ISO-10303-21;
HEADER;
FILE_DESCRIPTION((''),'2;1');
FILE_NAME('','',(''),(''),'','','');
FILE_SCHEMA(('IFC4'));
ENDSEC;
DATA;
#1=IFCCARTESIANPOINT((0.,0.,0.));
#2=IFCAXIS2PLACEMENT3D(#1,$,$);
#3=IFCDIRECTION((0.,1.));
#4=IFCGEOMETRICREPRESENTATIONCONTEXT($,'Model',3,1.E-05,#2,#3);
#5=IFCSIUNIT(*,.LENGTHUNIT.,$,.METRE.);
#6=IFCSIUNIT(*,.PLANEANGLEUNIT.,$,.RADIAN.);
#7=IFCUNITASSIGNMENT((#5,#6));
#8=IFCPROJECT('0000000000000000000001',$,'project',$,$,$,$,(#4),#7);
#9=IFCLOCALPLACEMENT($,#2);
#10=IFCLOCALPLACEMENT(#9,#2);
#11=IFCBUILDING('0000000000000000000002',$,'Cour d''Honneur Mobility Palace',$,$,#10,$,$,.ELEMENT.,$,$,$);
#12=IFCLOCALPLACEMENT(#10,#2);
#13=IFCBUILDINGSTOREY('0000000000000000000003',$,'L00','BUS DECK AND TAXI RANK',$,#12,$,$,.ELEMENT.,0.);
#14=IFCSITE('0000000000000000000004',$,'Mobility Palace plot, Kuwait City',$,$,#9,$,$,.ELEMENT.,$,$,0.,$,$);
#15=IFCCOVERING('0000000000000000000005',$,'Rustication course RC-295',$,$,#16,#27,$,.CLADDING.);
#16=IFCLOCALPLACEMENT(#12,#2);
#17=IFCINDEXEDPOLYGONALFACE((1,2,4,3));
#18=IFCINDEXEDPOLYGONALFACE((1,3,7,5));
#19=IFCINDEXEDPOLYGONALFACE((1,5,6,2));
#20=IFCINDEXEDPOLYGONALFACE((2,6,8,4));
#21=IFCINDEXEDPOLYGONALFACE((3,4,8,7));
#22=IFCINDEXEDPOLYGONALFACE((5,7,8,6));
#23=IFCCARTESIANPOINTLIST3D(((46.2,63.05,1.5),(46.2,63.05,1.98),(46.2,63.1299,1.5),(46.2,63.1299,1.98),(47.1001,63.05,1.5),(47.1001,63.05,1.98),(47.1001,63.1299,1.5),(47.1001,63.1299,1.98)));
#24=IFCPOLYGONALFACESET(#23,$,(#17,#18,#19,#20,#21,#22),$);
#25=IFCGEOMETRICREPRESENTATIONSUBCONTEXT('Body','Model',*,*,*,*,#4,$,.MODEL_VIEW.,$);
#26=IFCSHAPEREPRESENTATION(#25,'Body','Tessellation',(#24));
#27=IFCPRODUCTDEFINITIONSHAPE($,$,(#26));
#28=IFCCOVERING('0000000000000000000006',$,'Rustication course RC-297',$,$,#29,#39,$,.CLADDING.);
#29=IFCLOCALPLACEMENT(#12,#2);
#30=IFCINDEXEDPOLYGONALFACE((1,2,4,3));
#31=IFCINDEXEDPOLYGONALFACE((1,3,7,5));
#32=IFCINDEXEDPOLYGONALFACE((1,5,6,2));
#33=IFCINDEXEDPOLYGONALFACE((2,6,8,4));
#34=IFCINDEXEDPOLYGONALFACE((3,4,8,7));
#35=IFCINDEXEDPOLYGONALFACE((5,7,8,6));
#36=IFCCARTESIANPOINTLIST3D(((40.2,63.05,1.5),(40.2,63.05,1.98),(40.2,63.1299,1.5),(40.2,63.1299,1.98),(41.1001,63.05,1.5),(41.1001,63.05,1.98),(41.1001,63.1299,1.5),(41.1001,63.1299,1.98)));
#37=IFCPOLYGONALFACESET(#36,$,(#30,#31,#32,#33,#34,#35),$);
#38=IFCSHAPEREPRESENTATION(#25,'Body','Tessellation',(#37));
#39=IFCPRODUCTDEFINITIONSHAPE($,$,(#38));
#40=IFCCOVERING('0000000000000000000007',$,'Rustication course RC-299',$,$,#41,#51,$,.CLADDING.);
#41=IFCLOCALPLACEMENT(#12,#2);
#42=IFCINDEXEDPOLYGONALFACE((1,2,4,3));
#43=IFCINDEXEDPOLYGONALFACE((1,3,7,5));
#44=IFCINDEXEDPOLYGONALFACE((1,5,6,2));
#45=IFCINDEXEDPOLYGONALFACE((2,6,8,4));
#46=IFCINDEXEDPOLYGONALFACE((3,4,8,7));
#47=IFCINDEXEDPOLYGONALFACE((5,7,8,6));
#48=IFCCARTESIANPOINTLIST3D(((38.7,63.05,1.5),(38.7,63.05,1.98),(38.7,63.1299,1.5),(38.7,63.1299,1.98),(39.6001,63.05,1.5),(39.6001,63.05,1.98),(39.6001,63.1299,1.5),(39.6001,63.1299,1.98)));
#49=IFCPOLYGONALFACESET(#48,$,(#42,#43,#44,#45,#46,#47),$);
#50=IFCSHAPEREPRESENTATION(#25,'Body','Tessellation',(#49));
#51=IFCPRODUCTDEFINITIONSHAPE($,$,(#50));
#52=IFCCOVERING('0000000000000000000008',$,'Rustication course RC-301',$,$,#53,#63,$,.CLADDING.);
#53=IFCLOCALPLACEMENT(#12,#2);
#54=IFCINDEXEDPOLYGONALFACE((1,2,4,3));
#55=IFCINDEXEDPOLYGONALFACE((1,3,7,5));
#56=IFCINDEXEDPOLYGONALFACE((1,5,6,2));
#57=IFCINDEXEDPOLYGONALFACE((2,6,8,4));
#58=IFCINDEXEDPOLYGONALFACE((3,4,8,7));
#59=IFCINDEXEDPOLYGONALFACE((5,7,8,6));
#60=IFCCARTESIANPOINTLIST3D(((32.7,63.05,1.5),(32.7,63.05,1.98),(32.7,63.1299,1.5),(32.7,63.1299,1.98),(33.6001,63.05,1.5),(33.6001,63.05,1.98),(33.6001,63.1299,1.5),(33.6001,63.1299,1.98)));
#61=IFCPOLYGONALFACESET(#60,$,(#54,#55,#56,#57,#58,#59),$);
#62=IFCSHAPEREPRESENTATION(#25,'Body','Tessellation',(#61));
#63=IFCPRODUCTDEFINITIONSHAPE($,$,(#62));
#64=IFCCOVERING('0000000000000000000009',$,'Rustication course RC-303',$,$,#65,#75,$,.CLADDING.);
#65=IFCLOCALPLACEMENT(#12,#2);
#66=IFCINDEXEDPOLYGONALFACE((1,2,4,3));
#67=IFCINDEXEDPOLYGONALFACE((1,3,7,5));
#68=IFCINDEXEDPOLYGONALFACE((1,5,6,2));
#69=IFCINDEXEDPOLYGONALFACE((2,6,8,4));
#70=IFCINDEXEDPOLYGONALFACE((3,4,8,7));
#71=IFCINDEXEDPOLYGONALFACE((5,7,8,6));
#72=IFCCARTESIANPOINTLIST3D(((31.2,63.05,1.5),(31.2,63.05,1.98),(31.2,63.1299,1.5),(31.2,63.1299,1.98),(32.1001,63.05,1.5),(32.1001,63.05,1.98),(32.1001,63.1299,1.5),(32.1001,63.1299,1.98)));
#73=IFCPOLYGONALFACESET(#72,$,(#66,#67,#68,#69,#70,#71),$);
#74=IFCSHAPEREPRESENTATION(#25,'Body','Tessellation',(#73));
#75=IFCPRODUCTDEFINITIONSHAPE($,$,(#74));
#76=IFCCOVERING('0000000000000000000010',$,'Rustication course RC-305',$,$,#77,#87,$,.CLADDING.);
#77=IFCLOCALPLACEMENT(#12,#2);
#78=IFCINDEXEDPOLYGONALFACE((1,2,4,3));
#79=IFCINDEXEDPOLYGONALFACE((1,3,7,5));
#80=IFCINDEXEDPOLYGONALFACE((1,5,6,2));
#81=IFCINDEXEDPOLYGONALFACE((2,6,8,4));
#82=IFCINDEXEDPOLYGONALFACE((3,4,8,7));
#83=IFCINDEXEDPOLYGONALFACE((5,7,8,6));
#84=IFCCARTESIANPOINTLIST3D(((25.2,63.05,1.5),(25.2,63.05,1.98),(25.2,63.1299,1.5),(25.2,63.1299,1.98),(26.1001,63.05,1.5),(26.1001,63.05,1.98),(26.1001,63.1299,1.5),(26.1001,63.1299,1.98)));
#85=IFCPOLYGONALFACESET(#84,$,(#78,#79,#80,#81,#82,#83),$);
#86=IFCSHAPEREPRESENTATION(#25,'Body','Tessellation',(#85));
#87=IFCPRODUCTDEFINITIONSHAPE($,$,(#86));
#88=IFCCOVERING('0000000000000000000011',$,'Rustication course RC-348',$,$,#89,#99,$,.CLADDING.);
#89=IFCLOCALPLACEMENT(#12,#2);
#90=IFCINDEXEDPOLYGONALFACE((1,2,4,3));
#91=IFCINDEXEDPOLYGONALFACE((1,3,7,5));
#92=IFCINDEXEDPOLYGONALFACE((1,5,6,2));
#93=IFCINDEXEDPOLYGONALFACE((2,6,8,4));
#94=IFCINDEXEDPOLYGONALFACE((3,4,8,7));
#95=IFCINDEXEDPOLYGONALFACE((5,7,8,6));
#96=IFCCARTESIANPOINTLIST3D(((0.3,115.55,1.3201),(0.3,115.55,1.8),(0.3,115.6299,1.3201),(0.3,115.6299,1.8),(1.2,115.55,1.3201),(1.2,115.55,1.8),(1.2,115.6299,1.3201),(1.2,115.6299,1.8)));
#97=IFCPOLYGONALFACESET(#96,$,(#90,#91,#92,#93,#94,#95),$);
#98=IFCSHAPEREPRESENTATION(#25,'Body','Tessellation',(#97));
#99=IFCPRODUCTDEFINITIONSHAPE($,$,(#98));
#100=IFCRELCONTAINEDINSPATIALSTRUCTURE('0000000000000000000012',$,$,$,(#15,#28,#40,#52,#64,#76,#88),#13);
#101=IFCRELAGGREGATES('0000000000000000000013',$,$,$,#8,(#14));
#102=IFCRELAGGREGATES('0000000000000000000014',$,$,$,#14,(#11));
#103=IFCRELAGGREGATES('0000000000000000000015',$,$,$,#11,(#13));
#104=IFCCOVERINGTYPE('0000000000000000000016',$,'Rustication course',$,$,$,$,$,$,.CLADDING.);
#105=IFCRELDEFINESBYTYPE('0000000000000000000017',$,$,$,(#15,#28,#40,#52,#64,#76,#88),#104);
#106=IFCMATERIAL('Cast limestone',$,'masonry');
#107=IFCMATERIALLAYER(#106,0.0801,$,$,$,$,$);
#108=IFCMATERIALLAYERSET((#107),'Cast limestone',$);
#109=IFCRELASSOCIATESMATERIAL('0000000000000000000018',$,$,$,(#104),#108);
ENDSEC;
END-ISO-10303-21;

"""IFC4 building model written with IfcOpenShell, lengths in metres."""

from ifc_helpers import new_model, si_unit, direction, frame, origin, place, context, subcontext, project, spatial, polyline, outline, extrude, material, layer, layer_set, type_object, element, save


model = new_model("IFC4")

# Units and contexts
model_context = context("Model", 3, precision=1e-05, world=origin(), true_north=direction((0.0, 1.0)))
body_context = subcontext(model_context, "Body", "Model", "MODEL_VIEW")
ifc_project = project(units=[si_unit("LENGTHUNIT", "METRE"), si_unit("PLANEANGLEUNIT", "RADIAN")], contexts=[model_context])

# Site, building, storey
site_placement = place(None, origin())
site = spatial("IfcSite", under=ifc_project, at=site_placement, Name="Mobility Palace plot, Kuwait City", CompositionType="ELEMENT", RefElevation=0.0)
building_placement = place(site_placement, origin())
building = spatial("IfcBuilding", under=site, at=building_placement, Name="Cour d'Honneur Mobility Palace", CompositionType="ELEMENT")
storey_placement = place(building_placement, origin())
storey = spatial("IfcBuildingStorey", under=building, at=storey_placement, Name="L00", Description="BUS DECK AND TAXI RANK", CompositionType="ELEMENT", Elevation=0.0)

# Coverings
ifc_material = material(Name="Cast limestone", Category="masonry")
ifc_layer = layer(ifc_material, 0.0801)
ifc_layer_set = layer_set([ifc_layer], Name="Cast limestone")
covering_type = type_object("IfcCoveringType", Name="Rustication course", PredefinedType="CLADDING", material=ifc_layer_set)
covering_1_placement = place(storey_placement, frame((0.0, 0.0, 1.5)))
element("IfcCovering", 1, at=covering_1_placement, inside=storey, type_object=covering_type, Name="Rustication course RC-295", PredefinedType="CLADDING", context=body_context, shape_type="SweptSolid", body=[
    extrude(outline(polyline([(47.1001, 63.05), (46.2, 63.05), (46.2, 63.1299), (47.1001, 63.1299), (47.1001, 63.05)])), origin(), (0.0, 0.0, 1.0), 0.48),
])
covering_2_placement = place(storey_placement, frame((0.0, 0.0, 1.5)))
element("IfcCovering", 2, at=covering_2_placement, inside=storey, type_object=covering_type, Name="Rustication course RC-297", PredefinedType="CLADDING", context=body_context, shape_type="SweptSolid", body=[
    extrude(outline(polyline([(41.1001, 63.05), (40.2, 63.05), (40.2, 63.1299), (41.1001, 63.1299), (41.1001, 63.05)])), origin(), (0.0, 0.0, 1.0), 0.48),
])
covering_3_placement = place(storey_placement, frame((0.0, 0.0, 1.5)))
element("IfcCovering", 3, at=covering_3_placement, inside=storey, type_object=covering_type, Name="Rustication course RC-299", PredefinedType="CLADDING", context=body_context, shape_type="SweptSolid", body=[
    extrude(outline(polyline([(39.6001, 63.05), (38.7, 63.05), (38.7, 63.1299), (39.6001, 63.1299), (39.6001, 63.05)])), origin(), (0.0, 0.0, 1.0), 0.48),
])
covering_4_placement = place(storey_placement, frame((0.0, 0.0, 1.5)))
element("IfcCovering", 4, at=covering_4_placement, inside=storey, type_object=covering_type, Name="Rustication course RC-301", PredefinedType="CLADDING", context=body_context, shape_type="SweptSolid", body=[
    extrude(outline(polyline([(33.6001, 63.05), (32.7, 63.05), (32.7, 63.1299), (33.6001, 63.1299), (33.6001, 63.05)])), origin(), (0.0, 0.0, 1.0), 0.48),
])
covering_5_placement = place(storey_placement, frame((0.0, 0.0, 1.5)))
element("IfcCovering", 5, at=covering_5_placement, inside=storey, type_object=covering_type, Name="Rustication course RC-303", PredefinedType="CLADDING", context=body_context, shape_type="SweptSolid", body=[
    extrude(outline(polyline([(32.1001, 63.05), (31.2, 63.05), (31.2, 63.1299), (32.1001, 63.1299), (32.1001, 63.05)])), origin(), (0.0, 0.0, 1.0), 0.48),
])
covering_6_placement = place(storey_placement, frame((0.0, 0.0, 1.5)))
element("IfcCovering", 6, at=covering_6_placement, inside=storey, type_object=covering_type, Name="Rustication course RC-305", PredefinedType="CLADDING", context=body_context, shape_type="SweptSolid", body=[
    extrude(outline(polyline([(26.1001, 63.05), (25.2, 63.05), (25.2, 63.1299), (26.1001, 63.1299), (26.1001, 63.05)])), origin(), (0.0, 0.0, 1.0), 0.48),
])
covering_7_placement = place(storey_placement, frame((0.0, 0.0, 1.3201)))
element("IfcCovering", 7, at=covering_7_placement, inside=storey, type_object=covering_type, Name="Rustication course RC-348", PredefinedType="CLADDING", context=body_context, shape_type="SweptSolid", body=[
    extrude(outline(polyline([(1.2, 115.55), (0.3, 115.55), (0.3, 115.6299), (1.2, 115.6299), (1.2, 115.55)])), origin(), (0.0, 0.0, 1.0), 0.48),
])

save(model, "model.ifc")
